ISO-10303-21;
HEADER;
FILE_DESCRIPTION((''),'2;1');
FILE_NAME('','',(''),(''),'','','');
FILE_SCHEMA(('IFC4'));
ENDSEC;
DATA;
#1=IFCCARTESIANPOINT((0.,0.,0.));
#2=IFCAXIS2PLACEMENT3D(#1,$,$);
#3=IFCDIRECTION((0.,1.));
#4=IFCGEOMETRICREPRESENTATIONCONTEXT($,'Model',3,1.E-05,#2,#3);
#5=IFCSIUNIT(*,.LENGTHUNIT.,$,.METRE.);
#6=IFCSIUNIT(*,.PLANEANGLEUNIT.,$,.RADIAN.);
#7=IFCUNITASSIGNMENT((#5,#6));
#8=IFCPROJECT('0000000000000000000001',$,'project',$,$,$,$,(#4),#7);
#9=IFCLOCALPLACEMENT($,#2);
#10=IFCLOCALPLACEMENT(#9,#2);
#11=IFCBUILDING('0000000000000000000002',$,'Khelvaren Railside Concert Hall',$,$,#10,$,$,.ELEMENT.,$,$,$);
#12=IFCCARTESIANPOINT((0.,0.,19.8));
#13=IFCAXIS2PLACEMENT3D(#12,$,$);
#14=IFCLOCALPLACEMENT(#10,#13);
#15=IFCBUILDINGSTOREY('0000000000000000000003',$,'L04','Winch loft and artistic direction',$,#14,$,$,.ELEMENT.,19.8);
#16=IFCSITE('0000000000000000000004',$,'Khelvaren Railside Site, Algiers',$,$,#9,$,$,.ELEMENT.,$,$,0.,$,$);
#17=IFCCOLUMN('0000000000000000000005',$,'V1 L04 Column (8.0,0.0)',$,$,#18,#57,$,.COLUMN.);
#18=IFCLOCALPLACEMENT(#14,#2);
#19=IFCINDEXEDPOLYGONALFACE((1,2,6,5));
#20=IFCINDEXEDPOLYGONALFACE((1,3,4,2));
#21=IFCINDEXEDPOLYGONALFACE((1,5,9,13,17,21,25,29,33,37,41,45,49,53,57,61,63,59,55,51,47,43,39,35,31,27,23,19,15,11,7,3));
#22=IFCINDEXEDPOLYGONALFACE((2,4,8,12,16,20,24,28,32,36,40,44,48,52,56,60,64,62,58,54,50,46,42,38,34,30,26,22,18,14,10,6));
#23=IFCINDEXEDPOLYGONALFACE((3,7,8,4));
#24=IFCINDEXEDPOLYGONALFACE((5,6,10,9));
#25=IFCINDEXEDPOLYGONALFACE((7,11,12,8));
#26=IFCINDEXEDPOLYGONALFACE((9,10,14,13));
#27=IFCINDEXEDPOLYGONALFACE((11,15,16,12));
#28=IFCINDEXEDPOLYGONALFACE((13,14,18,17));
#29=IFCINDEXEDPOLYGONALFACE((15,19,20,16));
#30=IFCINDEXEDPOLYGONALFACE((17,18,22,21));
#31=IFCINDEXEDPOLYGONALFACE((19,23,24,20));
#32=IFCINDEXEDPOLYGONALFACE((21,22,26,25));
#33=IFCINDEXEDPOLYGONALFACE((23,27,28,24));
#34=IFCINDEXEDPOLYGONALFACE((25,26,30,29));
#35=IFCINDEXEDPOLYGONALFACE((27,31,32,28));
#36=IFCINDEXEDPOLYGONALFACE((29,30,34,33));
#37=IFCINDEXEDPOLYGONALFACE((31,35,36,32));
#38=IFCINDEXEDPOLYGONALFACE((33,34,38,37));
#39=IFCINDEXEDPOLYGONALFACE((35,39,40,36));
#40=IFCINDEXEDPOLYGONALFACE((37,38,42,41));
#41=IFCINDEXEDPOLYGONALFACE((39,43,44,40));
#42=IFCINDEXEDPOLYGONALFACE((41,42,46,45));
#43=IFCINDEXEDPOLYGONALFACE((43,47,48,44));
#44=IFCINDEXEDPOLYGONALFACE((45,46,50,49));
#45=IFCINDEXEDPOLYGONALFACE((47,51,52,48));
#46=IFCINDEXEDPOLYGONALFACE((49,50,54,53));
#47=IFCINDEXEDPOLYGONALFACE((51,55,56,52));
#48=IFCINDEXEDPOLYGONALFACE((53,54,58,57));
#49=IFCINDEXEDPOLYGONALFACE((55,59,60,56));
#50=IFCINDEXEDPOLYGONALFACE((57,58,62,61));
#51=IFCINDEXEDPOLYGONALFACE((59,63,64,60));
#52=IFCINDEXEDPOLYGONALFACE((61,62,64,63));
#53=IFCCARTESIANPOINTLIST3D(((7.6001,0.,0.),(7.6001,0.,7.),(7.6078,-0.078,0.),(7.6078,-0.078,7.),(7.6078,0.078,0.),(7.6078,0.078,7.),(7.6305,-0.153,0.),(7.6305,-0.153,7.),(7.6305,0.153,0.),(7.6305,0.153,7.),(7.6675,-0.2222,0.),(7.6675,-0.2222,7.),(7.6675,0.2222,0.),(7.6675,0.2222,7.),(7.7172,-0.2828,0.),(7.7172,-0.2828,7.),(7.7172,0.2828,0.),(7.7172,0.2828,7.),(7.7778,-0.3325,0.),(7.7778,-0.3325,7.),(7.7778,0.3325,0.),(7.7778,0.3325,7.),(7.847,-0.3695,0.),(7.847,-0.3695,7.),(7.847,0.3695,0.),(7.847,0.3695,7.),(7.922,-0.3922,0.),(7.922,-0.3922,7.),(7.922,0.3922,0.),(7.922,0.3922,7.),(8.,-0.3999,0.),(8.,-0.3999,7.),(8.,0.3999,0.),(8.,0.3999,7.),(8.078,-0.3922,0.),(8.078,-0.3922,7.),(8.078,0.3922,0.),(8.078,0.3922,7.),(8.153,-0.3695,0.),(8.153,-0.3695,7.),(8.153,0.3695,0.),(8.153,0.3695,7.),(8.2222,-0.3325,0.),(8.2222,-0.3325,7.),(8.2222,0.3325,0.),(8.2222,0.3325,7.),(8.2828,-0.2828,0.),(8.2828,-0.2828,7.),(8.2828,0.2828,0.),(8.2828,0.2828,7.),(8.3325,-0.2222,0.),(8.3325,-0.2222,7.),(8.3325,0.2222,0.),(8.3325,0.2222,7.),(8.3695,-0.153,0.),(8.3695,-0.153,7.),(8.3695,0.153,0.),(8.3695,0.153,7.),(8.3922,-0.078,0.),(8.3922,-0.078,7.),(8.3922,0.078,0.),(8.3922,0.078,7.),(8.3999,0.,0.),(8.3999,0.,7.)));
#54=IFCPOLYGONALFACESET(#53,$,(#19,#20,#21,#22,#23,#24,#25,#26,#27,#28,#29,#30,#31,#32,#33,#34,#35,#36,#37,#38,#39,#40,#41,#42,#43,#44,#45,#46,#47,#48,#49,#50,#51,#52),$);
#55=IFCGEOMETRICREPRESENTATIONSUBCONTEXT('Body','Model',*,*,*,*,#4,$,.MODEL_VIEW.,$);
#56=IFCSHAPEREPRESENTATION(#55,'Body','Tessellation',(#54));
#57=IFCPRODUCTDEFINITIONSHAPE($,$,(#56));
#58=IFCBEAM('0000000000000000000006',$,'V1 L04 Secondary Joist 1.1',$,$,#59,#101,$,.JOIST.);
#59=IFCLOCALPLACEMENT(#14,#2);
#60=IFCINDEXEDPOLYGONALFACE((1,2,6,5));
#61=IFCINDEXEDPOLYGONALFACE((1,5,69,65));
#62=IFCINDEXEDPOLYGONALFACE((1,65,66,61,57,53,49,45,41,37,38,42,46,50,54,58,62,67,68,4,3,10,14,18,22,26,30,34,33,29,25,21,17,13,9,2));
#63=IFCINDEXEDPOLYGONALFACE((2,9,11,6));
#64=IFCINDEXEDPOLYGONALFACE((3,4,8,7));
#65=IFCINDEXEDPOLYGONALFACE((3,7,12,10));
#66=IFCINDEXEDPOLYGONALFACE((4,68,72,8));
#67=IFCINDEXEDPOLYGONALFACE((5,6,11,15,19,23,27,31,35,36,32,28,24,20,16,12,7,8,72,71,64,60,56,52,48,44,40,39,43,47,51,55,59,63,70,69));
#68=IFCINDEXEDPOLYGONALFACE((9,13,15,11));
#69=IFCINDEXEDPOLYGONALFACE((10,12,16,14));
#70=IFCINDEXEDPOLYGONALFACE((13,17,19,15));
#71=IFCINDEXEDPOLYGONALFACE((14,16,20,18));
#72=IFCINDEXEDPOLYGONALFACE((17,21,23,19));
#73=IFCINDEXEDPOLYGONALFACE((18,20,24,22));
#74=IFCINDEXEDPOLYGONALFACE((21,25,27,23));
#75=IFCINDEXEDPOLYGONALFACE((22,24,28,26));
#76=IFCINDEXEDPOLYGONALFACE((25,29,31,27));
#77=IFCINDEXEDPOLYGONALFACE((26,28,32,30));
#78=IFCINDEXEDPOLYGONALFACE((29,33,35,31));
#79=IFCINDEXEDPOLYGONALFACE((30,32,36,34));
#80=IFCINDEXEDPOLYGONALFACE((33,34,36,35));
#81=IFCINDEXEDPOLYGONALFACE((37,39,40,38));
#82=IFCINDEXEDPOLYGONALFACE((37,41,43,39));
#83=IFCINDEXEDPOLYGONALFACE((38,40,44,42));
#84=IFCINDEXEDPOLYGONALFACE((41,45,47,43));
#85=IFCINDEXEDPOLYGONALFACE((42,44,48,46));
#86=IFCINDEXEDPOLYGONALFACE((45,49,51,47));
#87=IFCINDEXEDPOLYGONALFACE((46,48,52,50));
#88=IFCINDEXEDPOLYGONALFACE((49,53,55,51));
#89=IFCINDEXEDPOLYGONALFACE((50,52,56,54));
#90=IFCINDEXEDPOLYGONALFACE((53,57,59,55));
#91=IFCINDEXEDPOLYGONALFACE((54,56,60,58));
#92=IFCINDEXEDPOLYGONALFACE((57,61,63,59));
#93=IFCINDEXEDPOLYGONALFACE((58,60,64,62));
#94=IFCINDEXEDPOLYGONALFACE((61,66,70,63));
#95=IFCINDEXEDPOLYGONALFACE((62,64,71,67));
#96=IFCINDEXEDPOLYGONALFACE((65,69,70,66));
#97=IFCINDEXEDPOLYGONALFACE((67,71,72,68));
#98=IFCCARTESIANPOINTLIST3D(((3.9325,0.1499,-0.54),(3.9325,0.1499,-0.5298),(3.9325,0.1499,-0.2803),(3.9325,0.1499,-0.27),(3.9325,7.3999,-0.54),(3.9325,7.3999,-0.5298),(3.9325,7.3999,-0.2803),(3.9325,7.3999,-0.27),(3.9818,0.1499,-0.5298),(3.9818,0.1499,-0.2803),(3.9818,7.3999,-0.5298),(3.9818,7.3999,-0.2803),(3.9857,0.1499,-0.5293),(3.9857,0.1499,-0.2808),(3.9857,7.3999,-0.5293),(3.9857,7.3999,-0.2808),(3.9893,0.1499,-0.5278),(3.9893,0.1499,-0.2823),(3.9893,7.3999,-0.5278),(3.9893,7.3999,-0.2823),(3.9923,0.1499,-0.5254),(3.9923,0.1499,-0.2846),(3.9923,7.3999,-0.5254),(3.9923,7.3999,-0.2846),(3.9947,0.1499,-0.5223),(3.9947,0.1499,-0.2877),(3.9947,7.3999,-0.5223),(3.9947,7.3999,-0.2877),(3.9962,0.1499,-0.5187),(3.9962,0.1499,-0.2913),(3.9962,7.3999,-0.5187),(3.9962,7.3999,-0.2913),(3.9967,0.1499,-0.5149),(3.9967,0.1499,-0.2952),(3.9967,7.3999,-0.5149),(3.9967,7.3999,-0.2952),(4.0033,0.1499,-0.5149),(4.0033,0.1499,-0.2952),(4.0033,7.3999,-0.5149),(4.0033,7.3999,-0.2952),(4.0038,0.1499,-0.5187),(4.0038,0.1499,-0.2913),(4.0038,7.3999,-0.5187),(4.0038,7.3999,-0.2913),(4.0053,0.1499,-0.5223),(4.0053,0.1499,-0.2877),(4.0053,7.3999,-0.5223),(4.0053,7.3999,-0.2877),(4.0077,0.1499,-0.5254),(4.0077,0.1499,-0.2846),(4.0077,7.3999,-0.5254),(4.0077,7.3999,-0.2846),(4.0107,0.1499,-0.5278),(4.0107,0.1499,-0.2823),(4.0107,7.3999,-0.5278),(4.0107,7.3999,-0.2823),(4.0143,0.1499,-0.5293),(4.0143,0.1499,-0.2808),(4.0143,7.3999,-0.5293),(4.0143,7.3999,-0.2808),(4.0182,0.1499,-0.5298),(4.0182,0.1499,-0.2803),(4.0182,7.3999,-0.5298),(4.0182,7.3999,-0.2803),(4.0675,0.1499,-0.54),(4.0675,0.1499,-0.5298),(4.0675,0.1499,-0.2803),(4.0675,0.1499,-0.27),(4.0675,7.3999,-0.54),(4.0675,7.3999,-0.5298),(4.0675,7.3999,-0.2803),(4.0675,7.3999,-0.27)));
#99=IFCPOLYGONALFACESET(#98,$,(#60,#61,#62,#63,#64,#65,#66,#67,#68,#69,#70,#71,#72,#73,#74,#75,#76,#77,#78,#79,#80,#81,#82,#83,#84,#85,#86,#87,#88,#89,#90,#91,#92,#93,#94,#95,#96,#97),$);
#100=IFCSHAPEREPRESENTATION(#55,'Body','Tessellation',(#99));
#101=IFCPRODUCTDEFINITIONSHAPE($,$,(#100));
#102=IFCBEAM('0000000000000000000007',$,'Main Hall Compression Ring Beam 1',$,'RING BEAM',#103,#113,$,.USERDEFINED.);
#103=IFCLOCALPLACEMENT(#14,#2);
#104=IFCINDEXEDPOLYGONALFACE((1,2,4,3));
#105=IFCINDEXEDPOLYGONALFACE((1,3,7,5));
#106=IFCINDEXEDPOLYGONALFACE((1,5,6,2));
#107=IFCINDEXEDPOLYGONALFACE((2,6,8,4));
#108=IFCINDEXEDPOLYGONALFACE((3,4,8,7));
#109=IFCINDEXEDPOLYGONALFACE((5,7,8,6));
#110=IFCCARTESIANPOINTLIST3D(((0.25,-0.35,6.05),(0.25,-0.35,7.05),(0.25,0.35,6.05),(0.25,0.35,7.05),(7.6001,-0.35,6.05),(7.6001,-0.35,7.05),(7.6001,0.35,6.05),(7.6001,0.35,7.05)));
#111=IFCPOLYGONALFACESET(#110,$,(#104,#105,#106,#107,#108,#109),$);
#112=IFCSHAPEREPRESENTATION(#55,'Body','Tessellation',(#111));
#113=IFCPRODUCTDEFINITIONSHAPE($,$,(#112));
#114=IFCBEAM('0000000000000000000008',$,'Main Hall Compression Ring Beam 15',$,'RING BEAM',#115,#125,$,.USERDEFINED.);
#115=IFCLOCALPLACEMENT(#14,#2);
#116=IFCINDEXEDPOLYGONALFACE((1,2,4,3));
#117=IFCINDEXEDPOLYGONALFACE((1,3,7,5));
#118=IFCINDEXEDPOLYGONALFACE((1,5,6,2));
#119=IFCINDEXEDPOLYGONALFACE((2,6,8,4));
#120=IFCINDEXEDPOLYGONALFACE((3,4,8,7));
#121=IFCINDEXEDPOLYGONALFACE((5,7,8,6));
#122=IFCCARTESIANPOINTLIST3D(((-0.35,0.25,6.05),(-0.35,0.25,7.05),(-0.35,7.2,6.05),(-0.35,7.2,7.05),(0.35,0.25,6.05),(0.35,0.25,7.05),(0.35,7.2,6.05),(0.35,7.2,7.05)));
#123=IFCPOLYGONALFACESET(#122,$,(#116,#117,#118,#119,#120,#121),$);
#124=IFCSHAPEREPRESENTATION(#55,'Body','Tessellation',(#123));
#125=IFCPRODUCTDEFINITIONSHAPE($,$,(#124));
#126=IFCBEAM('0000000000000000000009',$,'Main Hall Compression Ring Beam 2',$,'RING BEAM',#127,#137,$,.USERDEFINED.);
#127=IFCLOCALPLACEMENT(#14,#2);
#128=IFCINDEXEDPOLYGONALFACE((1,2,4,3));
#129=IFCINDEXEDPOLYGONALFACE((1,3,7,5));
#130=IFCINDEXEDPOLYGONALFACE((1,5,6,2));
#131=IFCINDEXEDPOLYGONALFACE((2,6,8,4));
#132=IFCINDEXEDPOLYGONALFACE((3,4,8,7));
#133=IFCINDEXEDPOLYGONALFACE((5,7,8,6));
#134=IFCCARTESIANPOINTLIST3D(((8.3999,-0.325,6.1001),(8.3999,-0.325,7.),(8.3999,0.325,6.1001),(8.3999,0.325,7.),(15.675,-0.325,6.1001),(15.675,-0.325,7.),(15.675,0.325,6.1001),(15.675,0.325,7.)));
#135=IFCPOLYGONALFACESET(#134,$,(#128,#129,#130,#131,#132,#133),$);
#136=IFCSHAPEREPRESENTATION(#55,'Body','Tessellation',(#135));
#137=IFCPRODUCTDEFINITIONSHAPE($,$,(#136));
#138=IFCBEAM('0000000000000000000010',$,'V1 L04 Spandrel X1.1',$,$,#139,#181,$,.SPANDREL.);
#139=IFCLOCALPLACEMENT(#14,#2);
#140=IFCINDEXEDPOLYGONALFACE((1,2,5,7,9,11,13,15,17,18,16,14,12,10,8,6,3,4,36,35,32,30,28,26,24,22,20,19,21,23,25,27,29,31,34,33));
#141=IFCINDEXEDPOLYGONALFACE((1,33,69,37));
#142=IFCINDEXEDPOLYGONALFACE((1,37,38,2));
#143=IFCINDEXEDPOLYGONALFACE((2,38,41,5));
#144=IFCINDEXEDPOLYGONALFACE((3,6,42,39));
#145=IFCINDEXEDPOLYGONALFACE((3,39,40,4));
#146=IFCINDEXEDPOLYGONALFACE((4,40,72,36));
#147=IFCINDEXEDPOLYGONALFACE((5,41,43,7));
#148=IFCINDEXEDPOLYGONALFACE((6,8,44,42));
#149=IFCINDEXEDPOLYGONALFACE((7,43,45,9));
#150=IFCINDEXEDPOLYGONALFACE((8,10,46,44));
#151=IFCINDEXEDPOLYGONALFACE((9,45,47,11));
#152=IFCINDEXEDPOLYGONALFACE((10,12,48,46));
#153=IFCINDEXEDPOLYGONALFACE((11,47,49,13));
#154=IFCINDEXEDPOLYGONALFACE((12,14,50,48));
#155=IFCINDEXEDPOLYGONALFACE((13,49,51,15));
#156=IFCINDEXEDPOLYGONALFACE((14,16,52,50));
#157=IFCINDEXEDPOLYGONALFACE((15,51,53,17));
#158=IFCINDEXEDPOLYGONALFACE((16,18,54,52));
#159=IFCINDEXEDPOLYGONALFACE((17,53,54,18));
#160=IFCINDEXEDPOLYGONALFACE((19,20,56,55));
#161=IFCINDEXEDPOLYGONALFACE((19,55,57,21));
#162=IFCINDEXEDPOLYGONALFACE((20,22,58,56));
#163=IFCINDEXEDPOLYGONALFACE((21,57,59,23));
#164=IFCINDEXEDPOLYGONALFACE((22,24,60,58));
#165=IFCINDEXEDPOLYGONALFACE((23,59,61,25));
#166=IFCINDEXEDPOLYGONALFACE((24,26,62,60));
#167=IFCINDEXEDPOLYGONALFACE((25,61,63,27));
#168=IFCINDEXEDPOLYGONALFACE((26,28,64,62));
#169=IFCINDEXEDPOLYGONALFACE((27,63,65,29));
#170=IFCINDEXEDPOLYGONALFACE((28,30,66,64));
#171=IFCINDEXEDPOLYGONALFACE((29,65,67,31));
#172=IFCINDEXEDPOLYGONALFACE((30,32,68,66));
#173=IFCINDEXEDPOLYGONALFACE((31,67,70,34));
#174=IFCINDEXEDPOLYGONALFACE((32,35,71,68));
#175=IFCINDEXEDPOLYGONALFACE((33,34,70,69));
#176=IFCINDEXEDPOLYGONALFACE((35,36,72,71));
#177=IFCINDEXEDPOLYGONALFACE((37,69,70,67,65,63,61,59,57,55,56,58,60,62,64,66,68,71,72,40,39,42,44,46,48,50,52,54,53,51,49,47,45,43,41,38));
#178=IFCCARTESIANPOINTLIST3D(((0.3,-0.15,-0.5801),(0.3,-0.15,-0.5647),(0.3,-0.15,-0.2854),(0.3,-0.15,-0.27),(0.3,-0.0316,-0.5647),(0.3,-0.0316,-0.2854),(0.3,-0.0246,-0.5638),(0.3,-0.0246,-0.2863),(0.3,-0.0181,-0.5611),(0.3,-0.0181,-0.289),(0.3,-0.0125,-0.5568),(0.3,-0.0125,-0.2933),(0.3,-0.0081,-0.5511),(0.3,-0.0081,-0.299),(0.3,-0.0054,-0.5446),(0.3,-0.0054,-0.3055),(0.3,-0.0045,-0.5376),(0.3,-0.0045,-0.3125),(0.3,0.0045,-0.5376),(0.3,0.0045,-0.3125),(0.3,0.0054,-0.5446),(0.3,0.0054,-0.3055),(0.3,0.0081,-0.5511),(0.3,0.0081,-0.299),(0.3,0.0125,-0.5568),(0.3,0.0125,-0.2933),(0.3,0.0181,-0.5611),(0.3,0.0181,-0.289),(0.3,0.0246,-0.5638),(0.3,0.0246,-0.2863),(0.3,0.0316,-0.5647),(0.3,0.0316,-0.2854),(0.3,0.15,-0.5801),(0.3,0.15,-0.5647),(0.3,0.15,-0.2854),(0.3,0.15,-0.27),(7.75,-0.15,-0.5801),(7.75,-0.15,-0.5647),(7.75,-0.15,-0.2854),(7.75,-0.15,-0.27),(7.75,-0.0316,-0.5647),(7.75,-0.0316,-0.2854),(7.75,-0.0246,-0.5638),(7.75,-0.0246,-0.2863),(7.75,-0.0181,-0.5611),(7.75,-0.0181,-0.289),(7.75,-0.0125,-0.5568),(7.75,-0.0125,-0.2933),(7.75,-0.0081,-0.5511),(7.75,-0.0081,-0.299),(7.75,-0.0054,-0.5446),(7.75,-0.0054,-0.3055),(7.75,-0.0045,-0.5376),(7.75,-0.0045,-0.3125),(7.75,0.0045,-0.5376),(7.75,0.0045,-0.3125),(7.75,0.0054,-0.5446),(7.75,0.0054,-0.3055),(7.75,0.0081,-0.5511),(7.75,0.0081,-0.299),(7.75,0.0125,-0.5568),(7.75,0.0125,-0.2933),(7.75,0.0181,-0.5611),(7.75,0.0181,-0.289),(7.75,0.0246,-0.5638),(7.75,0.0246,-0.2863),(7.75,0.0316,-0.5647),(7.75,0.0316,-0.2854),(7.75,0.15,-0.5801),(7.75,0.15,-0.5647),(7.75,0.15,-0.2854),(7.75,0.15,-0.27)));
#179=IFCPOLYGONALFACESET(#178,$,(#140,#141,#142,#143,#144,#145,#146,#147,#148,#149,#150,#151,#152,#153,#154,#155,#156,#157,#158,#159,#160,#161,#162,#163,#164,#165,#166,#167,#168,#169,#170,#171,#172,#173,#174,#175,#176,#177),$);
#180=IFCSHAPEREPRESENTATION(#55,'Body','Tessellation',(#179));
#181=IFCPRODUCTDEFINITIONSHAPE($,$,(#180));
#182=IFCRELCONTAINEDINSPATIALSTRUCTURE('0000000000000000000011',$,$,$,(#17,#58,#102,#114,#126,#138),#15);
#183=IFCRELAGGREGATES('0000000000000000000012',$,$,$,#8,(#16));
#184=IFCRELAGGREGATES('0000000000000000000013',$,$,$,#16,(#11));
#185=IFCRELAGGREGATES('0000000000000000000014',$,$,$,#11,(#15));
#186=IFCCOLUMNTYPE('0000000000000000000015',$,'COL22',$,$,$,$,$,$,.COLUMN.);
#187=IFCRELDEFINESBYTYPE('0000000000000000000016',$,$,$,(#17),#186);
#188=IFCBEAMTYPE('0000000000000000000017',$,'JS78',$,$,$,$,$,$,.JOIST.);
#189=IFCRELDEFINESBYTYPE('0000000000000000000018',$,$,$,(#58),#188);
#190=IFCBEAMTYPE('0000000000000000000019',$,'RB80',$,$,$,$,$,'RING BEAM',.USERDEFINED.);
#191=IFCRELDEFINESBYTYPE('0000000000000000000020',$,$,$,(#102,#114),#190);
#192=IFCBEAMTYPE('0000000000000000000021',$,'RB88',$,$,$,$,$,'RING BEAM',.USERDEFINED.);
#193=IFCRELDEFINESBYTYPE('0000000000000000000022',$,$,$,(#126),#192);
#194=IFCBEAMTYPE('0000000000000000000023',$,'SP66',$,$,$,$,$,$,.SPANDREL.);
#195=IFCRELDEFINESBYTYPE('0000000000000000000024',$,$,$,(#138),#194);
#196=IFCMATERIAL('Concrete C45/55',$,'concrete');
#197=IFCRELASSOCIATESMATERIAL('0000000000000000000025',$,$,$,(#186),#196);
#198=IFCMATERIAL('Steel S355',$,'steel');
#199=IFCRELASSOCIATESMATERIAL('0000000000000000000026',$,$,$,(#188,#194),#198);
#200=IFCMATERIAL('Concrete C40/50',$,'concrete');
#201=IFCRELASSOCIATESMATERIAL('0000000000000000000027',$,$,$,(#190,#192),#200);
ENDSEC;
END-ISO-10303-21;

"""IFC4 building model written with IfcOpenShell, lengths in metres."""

from ifc_helpers import new_model, si_unit, direction, frame, origin, origin_2d, place, context, subcontext, project, spatial, rectangle, circle, i_section, extrude, material, material_profile, profile_set, type_object, element, save


model = new_model("IFC4")

# Units and contexts
model_context = context("Model", 3, precision=1e-05, world=origin(), true_north=direction((0.0, 1.0)))
body_context = subcontext(model_context, "Body", "Model", "MODEL_VIEW")
ifc_project = project(units=[si_unit("LENGTHUNIT", "METRE"), si_unit("PLANEANGLEUNIT", "RADIAN")], contexts=[model_context])

# Site, building, storey
site_placement = place(None, origin())
site = spatial("IfcSite", under=ifc_project, at=site_placement, Name="Khelvaren Railside Site, Algiers", CompositionType="ELEMENT", RefElevation=0.0)
building_placement = place(site_placement, origin())
building = spatial("IfcBuilding", under=site, at=building_placement, Name="Khelvaren Railside Concert Hall", CompositionType="ELEMENT")
storey_placement = place(building_placement, frame((0.0, 0.0, 19.8)))
storey = spatial("IfcBuildingStorey", under=building, at=storey_placement, Name="L04", Description="Winch loft and artistic direction", CompositionType="ELEMENT", Elevation=19.8)

# Column
ifc_material_1 = material(Name="Concrete C45/55", Category="concrete")
ifc_material_profile_1 = material_profile(ifc_material_1, circle(Radius=0.3999, at=origin_2d()), Name="RC D800")
ifc_profile_set_1 = profile_set([ifc_material_profile_1], Name="Concrete C45/55")
column_type = type_object("IfcColumnType", Name="COL22", PredefinedType="COLUMN", material=ifc_profile_set_1)
column_placement = place(storey_placement, frame((8.0, 0.0, 0.0), z_axis=(0.0, 0.0, 1.0), x_axis=(1.0, 0.0, 0.0)))
element("IfcColumn", 1, at=column_placement, inside=storey, type_object=column_type, Name="V1 L04 Column (8.0,0.0)", PredefinedType="COLUMN", context=body_context, shape_type="SweptSolid", body=[
    extrude(circle(Radius=0.3999, at=origin_2d()), origin(), (0.0, 0.0, 1.0), 7.0),
])

# Beams
ifc_material_2 = material(Name="Steel S355", Category="steel")
ifc_material_profile_2 = material_profile(ifc_material_2, i_section(OverallWidth=0.135, OverallDepth=0.27, WebThickness=0.0066, FlangeThickness=0.0103, FilletRadius=0.0149, at=origin_2d()), Name="IPE 270")
ifc_profile_set_2 = profile_set([ifc_material_profile_2], Name="Steel S355")
beam_type_1 = type_object("IfcBeamType", Name="JS78", PredefinedType="JOIST", material=ifc_profile_set_2)
beam_1_placement = place(storey_placement, frame((4.0, 0.1499, -0.405), z_axis=(0.0, 1.0, 0.0), x_axis=(-1.0, 0.0, 0.0)))
element("IfcBeam", 2, at=beam_1_placement, inside=storey, type_object=beam_type_1, Name="V1 L04 Secondary Joist 1.1", PredefinedType="JOIST", context=body_context, shape_type="SweptSolid", body=[
    extrude(i_section(OverallWidth=0.135, OverallDepth=0.27, WebThickness=0.0066, FlangeThickness=0.0103, FilletRadius=0.0149, at=origin_2d()), origin(), (0.0, 0.0, 1.0), 7.25),
])
ifc_material_3 = material(Name="Concrete C40/50", Category="concrete")
ifc_material_profile_3 = material_profile(ifc_material_3, rectangle(XDim=0.7, YDim=1.0, at=origin_2d()), Name="RCB 700x1000")
ifc_profile_set_3 = profile_set([ifc_material_profile_3], Name="Concrete C40/50")
beam_type_2 = type_object("IfcBeamType", Name="RB80", ElementType="RING BEAM", PredefinedType="USERDEFINED", material=ifc_profile_set_3)
beam_2_placement = place(storey_placement, frame((0.25, 0.0, 6.55), z_axis=(1.0, 0.0, 0.0), x_axis=(0.0, 1.0, 0.0)))
element("IfcBeam", 3, at=beam_2_placement, inside=storey, type_object=beam_type_2, Name="Main Hall Compression Ring Beam 1", ObjectType="RING BEAM", PredefinedType="USERDEFINED", context=body_context, shape_type="SweptSolid", body=[
    extrude(rectangle(XDim=0.7, YDim=1.0, at=origin_2d()), origin(), (0.0, 0.0, 1.0), 7.3501),
])
beam_3_placement = place(storey_placement, frame((0.0, 0.25, 6.55), z_axis=(0.0, 1.0, 0.0), x_axis=(-1.0, 0.0, 0.0)))
element("IfcBeam", 4, at=beam_3_placement, inside=storey, type_object=beam_type_2, Name="Main Hall Compression Ring Beam 15", ObjectType="RING BEAM", PredefinedType="USERDEFINED", context=body_context, shape_type="SweptSolid", body=[
    extrude(rectangle(XDim=0.7, YDim=1.0, at=origin_2d()), origin(), (0.0, 0.0, 1.0), 6.95),
])
ifc_material_profile_4 = material_profile(ifc_material_3, rectangle(XDim=0.6499, YDim=0.8999, at=origin_2d()), Name="RCB 650x900")
ifc_profile_set_4 = profile_set([ifc_material_profile_4], Name="Concrete C40/50")
beam_type_3 = type_object("IfcBeamType", Name="RB88", ElementType="RING BEAM", PredefinedType="USERDEFINED", material=ifc_profile_set_4)
beam_4_placement = place(storey_placement, frame((8.3999, 0.0, 6.55), z_axis=(1.0, 0.0, 0.0), x_axis=(0.0, 1.0, 0.0)))
element("IfcBeam", 5, at=beam_4_placement, inside=storey, type_object=beam_type_3, Name="Main Hall Compression Ring Beam 2", ObjectType="RING BEAM", PredefinedType="USERDEFINED", context=body_context, shape_type="SweptSolid", body=[
    extrude(rectangle(XDim=0.6499, YDim=0.8999, at=origin_2d()), origin(), (0.0, 0.0, 1.0), 7.2751),
])
ifc_material_profile_5 = material_profile(ifc_material_2, i_section(OverallWidth=0.3, OverallDepth=0.3101, WebThickness=0.009, FlangeThickness=0.0154, FilletRadius=0.0271, at=origin_2d()), Name="HEA 320")
ifc_profile_set_5 = profile_set([ifc_material_profile_5], Name="Steel S355")
beam_type_4 = type_object("IfcBeamType", Name="SP66", PredefinedType="SPANDREL", material=ifc_profile_set_5)
beam_5_placement = place(storey_placement, frame((0.3, 0.0, -0.425), z_axis=(1.0, 0.0, 0.0), x_axis=(0.0, 1.0, 0.0)))
element("IfcBeam", 6, at=beam_5_placement, inside=storey, type_object=beam_type_4, Name="V1 L04 Spandrel X1.1", PredefinedType="SPANDREL", context=body_context, shape_type="SweptSolid", body=[
    extrude(i_section(OverallWidth=0.3, OverallDepth=0.3101, WebThickness=0.009, FlangeThickness=0.0154, FilletRadius=0.0271, at=origin_2d()), origin(), (0.0, 0.0, 1.0), 7.45),
])

save(model, "model.ifc")
